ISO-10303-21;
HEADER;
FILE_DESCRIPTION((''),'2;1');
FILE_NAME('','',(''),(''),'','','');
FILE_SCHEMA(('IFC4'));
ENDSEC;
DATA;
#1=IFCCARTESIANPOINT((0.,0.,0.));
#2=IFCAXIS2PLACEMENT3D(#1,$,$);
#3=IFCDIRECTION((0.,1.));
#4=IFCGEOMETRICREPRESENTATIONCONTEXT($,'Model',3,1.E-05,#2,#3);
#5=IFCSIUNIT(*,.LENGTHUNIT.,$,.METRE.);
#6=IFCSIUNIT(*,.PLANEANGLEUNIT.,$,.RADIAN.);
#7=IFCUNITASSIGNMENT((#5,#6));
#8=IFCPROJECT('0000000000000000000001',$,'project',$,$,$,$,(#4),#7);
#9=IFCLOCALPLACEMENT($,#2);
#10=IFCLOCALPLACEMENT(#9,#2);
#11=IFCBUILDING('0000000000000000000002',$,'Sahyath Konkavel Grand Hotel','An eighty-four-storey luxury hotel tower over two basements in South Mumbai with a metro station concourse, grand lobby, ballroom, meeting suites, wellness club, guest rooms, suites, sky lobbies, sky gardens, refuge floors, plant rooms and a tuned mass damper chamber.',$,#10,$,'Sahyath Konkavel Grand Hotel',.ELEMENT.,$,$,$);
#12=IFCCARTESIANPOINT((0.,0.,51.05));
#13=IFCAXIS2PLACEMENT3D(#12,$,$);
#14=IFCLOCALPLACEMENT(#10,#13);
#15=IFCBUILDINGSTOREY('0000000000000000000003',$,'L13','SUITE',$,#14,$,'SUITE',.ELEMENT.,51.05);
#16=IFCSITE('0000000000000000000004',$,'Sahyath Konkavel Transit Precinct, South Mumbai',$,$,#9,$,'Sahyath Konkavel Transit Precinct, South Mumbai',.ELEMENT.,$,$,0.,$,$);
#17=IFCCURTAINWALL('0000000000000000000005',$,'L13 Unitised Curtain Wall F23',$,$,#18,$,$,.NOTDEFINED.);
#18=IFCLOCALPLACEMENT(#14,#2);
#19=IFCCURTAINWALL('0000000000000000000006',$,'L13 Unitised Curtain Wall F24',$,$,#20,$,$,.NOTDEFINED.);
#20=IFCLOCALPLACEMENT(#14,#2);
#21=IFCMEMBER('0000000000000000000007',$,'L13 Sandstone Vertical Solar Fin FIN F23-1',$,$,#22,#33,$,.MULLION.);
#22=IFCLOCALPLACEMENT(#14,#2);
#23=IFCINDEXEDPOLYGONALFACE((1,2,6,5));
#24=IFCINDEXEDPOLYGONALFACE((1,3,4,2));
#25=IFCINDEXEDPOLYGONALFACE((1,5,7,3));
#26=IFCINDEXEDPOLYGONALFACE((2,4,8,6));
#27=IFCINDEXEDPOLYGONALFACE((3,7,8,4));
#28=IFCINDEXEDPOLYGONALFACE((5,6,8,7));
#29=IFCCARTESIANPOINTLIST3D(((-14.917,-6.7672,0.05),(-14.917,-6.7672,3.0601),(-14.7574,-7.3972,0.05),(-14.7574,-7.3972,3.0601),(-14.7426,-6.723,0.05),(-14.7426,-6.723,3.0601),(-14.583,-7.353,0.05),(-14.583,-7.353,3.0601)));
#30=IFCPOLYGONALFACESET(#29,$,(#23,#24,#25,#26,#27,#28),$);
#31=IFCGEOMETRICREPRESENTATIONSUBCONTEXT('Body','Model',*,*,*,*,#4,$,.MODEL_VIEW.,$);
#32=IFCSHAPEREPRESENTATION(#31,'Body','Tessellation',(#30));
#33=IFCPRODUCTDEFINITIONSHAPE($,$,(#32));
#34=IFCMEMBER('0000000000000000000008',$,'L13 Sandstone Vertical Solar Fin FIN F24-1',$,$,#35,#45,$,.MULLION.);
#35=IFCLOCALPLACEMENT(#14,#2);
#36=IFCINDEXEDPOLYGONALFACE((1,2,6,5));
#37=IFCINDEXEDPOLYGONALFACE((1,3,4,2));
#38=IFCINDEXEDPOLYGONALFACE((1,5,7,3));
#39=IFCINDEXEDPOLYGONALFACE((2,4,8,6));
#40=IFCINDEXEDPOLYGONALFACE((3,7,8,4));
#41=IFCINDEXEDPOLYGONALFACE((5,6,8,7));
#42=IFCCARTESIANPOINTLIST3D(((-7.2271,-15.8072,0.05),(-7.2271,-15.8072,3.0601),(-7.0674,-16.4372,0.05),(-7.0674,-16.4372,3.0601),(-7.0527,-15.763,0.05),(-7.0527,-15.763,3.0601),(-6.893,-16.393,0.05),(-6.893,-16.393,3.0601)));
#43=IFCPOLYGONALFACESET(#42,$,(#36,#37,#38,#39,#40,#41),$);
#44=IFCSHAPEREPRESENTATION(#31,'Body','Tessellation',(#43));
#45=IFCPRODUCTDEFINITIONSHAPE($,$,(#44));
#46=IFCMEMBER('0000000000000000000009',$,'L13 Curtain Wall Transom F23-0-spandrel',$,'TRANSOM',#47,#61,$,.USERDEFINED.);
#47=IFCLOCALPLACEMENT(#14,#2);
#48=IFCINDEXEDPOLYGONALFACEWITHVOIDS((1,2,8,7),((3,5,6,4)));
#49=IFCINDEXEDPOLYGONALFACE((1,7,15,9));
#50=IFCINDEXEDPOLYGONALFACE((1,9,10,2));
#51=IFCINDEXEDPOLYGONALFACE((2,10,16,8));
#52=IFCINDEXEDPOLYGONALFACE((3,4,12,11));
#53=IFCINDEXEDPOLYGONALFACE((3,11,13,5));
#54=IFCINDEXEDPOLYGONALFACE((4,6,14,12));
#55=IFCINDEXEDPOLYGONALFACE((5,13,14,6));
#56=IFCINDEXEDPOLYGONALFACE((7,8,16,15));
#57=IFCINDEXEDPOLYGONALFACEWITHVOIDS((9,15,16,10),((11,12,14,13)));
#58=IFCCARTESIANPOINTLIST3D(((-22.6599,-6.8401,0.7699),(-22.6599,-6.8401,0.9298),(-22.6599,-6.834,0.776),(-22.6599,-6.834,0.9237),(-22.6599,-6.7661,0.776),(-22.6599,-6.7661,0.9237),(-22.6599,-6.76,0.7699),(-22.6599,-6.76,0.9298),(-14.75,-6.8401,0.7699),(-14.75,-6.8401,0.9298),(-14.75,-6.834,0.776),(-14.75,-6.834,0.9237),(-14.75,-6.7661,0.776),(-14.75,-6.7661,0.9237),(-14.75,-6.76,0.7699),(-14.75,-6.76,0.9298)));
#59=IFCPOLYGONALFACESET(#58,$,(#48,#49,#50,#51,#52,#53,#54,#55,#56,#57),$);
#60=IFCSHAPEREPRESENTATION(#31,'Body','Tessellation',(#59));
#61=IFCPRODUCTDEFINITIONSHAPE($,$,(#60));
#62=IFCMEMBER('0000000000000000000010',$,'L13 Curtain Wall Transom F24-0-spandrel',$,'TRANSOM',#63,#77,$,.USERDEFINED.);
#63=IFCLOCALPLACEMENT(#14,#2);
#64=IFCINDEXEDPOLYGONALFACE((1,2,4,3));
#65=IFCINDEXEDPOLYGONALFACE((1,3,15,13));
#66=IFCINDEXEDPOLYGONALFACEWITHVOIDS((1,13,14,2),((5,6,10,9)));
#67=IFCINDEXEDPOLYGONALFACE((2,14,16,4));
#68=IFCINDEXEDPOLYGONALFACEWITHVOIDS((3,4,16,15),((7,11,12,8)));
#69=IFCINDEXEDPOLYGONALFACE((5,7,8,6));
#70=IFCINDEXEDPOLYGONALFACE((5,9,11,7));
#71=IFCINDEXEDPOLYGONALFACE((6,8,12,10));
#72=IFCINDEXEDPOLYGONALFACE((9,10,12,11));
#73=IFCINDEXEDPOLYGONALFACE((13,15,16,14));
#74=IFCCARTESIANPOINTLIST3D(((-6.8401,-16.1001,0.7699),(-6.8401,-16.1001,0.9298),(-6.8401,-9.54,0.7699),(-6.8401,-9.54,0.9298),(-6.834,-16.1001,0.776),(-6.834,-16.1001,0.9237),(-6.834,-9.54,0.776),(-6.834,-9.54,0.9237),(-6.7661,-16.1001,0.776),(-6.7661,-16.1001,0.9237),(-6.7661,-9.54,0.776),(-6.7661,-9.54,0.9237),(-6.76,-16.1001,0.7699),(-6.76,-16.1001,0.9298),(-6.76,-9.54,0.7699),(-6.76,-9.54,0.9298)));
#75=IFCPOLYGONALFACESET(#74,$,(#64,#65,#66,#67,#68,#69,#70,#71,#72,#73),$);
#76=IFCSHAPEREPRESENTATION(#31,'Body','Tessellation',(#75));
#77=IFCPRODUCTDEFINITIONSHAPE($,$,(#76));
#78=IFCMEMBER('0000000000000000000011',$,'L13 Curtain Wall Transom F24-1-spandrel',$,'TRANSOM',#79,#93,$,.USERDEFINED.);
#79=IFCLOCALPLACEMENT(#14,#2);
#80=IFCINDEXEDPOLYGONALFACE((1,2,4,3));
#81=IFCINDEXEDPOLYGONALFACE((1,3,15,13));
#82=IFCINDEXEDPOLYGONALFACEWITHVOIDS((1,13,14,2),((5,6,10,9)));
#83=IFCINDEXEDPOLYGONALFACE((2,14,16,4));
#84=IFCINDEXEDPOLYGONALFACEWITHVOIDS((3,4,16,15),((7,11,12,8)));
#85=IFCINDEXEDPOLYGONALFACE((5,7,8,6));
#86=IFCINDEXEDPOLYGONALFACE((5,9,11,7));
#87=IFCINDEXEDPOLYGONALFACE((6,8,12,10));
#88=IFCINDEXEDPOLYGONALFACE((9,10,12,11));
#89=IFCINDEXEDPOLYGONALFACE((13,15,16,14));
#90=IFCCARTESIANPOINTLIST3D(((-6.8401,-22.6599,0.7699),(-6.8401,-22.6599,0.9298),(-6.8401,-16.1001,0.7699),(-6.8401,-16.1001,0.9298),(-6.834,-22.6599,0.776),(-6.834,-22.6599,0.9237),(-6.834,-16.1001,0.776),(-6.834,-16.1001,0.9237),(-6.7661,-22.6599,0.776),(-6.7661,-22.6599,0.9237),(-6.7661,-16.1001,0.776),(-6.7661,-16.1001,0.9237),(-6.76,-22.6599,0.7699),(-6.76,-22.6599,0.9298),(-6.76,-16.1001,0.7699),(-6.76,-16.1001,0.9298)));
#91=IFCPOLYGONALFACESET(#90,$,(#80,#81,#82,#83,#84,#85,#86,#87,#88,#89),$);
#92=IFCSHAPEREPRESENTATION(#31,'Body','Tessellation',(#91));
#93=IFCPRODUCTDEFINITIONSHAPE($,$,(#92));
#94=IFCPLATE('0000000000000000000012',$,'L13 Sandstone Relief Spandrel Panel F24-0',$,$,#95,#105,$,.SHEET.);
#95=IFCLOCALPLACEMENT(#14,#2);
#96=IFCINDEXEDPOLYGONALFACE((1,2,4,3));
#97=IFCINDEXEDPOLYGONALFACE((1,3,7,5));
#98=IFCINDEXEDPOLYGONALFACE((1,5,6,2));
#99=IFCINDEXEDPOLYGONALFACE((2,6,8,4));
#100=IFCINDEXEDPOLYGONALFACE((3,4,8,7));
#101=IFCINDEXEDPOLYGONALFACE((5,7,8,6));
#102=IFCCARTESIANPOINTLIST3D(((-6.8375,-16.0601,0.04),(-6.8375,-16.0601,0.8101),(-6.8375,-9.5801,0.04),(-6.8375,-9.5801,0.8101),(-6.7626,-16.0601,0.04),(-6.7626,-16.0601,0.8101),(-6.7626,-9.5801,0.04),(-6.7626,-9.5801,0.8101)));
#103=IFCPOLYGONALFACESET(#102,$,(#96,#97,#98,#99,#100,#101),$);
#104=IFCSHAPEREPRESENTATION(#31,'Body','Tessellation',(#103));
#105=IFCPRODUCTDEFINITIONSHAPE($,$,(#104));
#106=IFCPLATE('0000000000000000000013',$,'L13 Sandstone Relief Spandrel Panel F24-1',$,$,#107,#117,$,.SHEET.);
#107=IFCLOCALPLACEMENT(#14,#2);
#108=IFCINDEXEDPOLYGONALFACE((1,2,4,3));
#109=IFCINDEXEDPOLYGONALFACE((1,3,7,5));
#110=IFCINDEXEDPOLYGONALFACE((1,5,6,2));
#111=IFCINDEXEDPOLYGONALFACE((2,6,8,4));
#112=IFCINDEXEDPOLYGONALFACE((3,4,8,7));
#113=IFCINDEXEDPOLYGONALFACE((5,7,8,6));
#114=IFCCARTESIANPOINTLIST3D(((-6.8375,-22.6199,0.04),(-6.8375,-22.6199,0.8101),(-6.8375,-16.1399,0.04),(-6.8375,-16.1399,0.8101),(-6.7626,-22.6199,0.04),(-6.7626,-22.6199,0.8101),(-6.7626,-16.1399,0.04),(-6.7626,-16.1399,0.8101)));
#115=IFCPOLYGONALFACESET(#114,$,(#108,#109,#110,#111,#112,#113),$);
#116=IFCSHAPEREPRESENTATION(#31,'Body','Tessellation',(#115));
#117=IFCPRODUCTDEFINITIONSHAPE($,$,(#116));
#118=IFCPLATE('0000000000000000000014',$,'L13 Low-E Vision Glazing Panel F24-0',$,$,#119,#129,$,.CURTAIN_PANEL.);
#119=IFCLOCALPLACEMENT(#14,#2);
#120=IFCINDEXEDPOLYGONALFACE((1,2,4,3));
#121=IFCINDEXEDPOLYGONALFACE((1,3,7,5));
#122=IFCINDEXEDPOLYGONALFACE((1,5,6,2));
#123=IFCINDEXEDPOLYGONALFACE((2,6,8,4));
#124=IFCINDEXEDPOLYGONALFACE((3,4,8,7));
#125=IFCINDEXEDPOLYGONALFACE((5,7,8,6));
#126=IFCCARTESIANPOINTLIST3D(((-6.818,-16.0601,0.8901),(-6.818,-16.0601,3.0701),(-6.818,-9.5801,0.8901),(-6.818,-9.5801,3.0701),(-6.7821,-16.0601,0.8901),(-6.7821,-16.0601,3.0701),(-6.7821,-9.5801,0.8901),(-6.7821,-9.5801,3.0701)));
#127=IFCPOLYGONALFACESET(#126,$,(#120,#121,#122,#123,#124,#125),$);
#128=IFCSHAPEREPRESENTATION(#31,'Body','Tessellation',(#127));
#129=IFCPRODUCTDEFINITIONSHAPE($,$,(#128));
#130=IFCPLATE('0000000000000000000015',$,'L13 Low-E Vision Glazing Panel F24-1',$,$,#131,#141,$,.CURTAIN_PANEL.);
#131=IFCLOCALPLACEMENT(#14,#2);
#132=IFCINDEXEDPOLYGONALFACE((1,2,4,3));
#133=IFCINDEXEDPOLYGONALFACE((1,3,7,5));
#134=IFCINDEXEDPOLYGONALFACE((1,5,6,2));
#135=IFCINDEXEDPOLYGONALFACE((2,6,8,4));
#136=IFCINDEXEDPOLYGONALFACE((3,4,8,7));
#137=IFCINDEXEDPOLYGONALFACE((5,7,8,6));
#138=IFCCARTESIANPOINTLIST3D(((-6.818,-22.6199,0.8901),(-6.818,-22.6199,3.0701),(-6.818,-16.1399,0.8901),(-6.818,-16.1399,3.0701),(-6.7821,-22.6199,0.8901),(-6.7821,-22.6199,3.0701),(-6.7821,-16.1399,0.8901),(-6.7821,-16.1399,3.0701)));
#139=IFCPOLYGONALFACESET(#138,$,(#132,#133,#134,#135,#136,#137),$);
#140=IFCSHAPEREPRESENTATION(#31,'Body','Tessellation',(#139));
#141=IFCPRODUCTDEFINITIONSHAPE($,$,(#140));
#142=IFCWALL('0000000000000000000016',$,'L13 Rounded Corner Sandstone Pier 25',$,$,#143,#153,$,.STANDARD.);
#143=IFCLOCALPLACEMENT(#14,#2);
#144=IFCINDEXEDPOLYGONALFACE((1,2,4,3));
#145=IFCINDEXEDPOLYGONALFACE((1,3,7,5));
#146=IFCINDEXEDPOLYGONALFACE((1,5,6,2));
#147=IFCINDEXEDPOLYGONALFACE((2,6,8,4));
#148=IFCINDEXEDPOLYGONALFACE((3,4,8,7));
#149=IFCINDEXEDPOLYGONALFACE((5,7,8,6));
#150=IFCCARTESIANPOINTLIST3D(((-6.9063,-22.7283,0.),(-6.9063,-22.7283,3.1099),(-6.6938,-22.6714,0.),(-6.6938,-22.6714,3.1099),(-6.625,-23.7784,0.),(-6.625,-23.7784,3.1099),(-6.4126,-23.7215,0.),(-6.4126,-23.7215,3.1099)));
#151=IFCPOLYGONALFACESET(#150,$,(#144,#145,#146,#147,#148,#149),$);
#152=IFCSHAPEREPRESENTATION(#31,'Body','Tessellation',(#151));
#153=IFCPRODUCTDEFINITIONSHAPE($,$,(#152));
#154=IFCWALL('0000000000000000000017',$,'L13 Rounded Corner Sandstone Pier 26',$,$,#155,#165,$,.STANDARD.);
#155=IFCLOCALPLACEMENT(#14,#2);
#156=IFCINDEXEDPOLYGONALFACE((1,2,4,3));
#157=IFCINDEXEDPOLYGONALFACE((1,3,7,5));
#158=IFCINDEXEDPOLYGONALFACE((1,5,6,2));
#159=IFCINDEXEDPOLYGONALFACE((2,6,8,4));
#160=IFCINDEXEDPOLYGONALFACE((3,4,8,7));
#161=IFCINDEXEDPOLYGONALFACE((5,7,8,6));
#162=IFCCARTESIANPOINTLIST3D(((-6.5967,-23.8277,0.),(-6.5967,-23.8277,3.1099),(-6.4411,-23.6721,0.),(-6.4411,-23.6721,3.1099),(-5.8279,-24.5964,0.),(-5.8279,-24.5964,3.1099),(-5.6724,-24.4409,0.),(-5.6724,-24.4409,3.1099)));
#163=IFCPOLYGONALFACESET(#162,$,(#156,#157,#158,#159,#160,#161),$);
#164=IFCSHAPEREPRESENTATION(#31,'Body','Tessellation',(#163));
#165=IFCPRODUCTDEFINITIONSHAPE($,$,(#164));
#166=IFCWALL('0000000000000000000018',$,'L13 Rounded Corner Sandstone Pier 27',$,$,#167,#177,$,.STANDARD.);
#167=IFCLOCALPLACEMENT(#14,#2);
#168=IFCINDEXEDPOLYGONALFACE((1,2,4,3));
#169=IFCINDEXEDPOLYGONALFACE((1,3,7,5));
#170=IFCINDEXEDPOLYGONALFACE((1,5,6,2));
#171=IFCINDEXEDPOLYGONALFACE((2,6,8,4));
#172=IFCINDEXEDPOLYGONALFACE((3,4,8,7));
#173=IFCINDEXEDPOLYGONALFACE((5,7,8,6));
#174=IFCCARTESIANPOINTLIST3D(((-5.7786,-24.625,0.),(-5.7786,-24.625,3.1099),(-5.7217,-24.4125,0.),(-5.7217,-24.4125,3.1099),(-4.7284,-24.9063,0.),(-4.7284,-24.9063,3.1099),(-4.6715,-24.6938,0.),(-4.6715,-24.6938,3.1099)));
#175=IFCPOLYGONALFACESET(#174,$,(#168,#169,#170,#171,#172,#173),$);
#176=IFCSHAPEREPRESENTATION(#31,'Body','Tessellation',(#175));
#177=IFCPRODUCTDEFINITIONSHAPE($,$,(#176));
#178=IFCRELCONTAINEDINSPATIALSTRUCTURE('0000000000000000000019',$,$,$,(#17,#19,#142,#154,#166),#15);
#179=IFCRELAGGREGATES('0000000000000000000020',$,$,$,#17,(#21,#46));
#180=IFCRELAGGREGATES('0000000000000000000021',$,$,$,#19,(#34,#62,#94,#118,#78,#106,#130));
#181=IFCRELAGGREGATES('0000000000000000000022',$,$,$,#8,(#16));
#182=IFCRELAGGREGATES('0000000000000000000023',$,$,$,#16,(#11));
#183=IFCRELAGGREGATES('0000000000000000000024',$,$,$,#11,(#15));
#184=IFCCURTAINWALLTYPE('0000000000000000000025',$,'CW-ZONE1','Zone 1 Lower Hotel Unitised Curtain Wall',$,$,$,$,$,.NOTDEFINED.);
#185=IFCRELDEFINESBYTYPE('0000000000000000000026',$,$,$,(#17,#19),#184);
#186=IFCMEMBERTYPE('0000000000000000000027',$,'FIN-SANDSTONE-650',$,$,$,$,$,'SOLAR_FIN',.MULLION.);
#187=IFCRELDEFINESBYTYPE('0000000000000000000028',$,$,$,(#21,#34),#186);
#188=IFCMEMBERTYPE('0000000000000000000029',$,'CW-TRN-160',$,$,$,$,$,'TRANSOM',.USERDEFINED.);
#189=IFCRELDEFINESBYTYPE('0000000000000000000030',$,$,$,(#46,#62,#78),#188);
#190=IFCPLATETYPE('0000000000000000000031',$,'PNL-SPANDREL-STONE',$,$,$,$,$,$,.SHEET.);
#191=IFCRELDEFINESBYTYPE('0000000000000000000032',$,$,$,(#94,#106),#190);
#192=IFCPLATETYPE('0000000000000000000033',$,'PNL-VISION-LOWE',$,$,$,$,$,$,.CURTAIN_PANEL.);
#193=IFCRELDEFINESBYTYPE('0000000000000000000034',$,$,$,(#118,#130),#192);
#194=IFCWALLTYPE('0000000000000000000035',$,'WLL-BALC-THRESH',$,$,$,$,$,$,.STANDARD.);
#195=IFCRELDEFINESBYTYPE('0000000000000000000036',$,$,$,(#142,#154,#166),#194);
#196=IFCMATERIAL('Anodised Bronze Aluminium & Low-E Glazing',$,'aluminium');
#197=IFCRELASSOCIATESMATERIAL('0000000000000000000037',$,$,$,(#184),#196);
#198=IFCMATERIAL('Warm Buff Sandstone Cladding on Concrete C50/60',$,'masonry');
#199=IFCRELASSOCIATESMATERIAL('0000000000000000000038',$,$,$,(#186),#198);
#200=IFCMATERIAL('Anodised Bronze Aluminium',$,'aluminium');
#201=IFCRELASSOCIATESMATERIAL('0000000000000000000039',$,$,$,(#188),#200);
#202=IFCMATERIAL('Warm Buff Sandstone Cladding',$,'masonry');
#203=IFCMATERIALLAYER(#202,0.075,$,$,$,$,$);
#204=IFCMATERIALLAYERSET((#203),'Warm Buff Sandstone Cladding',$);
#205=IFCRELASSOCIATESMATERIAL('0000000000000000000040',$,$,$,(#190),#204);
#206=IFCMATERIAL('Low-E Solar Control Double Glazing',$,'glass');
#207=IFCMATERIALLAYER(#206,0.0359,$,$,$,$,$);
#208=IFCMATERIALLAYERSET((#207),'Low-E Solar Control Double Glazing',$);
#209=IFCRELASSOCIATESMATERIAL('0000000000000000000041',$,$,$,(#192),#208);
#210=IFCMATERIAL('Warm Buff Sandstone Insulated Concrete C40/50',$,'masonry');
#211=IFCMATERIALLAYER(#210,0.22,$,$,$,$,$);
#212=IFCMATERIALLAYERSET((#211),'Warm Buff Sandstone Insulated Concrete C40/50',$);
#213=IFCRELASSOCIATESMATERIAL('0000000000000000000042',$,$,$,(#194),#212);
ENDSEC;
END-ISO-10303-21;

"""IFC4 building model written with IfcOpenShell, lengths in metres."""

from ifc_helpers import new_model, si_unit, direction, frame, frame_2d, origin, origin_2d, place, context, subcontext, project, spatial, rectangle, hollow_rectangle, extrude, source, transform, mapped, material, layer, layer_set, material_profile, profile_set, type_object, element, aggregate, save


model = new_model("IFC4")

# Units and contexts
model_context = context("Model", 3, precision=1e-05, world=origin(), true_north=direction((0.0, 1.0)))
body_context = subcontext(model_context, "Body", "Model", "MODEL_VIEW")
ifc_project = project(units=[si_unit("LENGTHUNIT", "METRE"), si_unit("PLANEANGLEUNIT", "RADIAN")], contexts=[model_context])

# Site, building, storey
site_placement = place(None, origin())
site = spatial("IfcSite", under=ifc_project, at=site_placement, Name="Sahyath Konkavel Transit Precinct, South Mumbai", LongName="Sahyath Konkavel Transit Precinct, South Mumbai", CompositionType="ELEMENT", RefElevation=0.0)
building_placement = place(site_placement, origin())
building = spatial("IfcBuilding", under=site, at=building_placement, Name="Sahyath Konkavel Grand Hotel", Description="An eighty-four-storey luxury hotel tower over two basements in South Mumbai with a metro station concourse, grand lobby, ballroom, meeting suites, wellness club, guest rooms, suites, sky lobbies, sky gardens, refuge floors, plant rooms and a tuned mass damper chamber.", LongName="Sahyath Konkavel Grand Hotel", CompositionType="ELEMENT")
storey_placement = place(building_placement, frame((0.0, 0.0, 51.05)))
storey = spatial("IfcBuildingStorey", under=building, at=storey_placement, Name="L13", Description="SUITE", LongName="SUITE", CompositionType="ELEMENT", Elevation=51.05)

# Curtain wall
ifc_material_1 = material(Name="Anodised Bronze Aluminium & Low-E Glazing", Category="aluminium")
curtain_wall_type = type_object("IfcCurtainWallType", Name="CW-ZONE1", Description="Zone 1 Lower Hotel Unitised Curtain Wall", PredefinedType="NOTDEFINED", material=ifc_material_1)
curtain_wall_1_placement = place(storey_placement, origin())
curtain_wall_1 = element("IfcCurtainWall", 1, at=curtain_wall_1_placement, inside=storey, type_object=curtain_wall_type, Name="L13 Unitised Curtain Wall F23", PredefinedType="NOTDEFINED")
ifc_material_2 = material(Name="Anodised Bronze Aluminium", Category="aluminium")

# Curtain wall
curtain_wall_2_placement = place(storey_placement, origin())
curtain_wall_2 = element("IfcCurtainWall", 2, at=curtain_wall_2_placement, inside=storey, type_object=curtain_wall_type, Name="L13 Unitised Curtain Wall F24", PredefinedType="NOTDEFINED")

# Members
ifc_material_3 = material(Name="Warm Buff Sandstone Cladding on Concrete C50/60", Category="masonry")
ifc_material_profile_1 = material_profile(ifc_material_3, rectangle(XDim=0.1799, YDim=0.6499, at=origin_2d()), Name="FIN 180x650")
ifc_profile_set_1 = profile_set([ifc_material_profile_1], Name="Warm Buff Sandstone Cladding on Concrete C50/60")
member_type_1 = type_object("IfcMemberType", Name="FIN-SANDSTONE-650", ElementType="SOLAR_FIN", PredefinedType="MULLION", material=ifc_profile_set_1)
shared_shape_1 = source(origin(), body_context, "Body", "SweptSolid", [
    extrude(rectangle(XDim=0.1799, YDim=0.6499, at=origin_2d()), origin(), (0.0, 0.0, 1.0), 3.01),
])
member_1_placement = place(storey_placement, frame((-14.75, -7.0601, 0.05), z_axis=(0.0, 0.0, 1.0), x_axis=(0.96936, 0.245646, 0.0)))
member_1 = element("IfcMember", 3, at=member_1_placement, type_object=member_type_1, Name="L13 Sandstone Vertical Solar Fin FIN F23-1", PredefinedType="MULLION", context=body_context, shape_type="MappedRepresentation", body=[
    mapped(shared_shape_1, transform((0.0, 0.0, 0.0), scale=1.0)),
])
member_2_placement = place(storey_placement, frame((-7.0601, -16.1001, 0.05), z_axis=(0.0, 0.0, 1.0), x_axis=(0.96936, 0.245646, 0.0)))
member_2 = element("IfcMember", 4, at=member_2_placement, type_object=member_type_1, Name="L13 Sandstone Vertical Solar Fin FIN F24-1", PredefinedType="MULLION", context=body_context, shape_type="MappedRepresentation", body=[
    mapped(shared_shape_1, transform((0.0, 0.0, 0.0), scale=1.0)),
])
ifc_material_profile_2 = material_profile(ifc_material_2, hollow_rectangle(XDim=0.0801, YDim=0.1599, WallThickness=0.0061, at=origin_2d()), Name="RHS 160x80x6")
ifc_profile_set_2 = profile_set([ifc_material_profile_2], Name="Anodised Bronze Aluminium")
member_type_2 = type_object("IfcMemberType", Name="CW-TRN-160", ElementType="TRANSOM", PredefinedType="USERDEFINED", material=ifc_profile_set_2)
shared_shape_2 = source(origin(), body_context, "Body", "SweptSolid", [
    extrude(hollow_rectangle(XDim=0.0801, YDim=0.1599, WallThickness=0.0061, at=origin_2d()), origin(), (0.0, 0.0, 1.0), 7.9099),
])
member_3_placement = place(storey_placement, frame((-22.6599, -6.8, 0.8499), z_axis=(1.0, 0.0, 0.0), x_axis=(0.0, 1.0, 0.0)))
member_3 = element("IfcMember", 5, at=member_3_placement, type_object=member_type_2, Name="L13 Curtain Wall Transom F23-0-spandrel", ObjectType="TRANSOM", PredefinedType="USERDEFINED", context=body_context, shape_type="MappedRepresentation", body=[
    mapped(shared_shape_2, transform((0.0, 0.0, 0.0), scale=1.0)),
])
aggregate(curtain_wall_1, [member_1, member_3])
shared_shape_3 = source(origin(), body_context, "Body", "SweptSolid", [
    extrude(hollow_rectangle(XDim=0.0801, YDim=0.1599, WallThickness=0.0061, at=origin_2d()), origin(), (0.0, 0.0, 1.0), 6.5601),
])
member_4_placement = place(storey_placement, frame((-6.8, -9.54, 0.8499), z_axis=(0.0, -1.0, 0.0), x_axis=(1.0, 0.0, 0.0)))
member_4 = element("IfcMember", 6, at=member_4_placement, type_object=member_type_2, Name="L13 Curtain Wall Transom F24-0-spandrel", ObjectType="TRANSOM", PredefinedType="USERDEFINED", context=body_context, shape_type="MappedRepresentation", body=[
    mapped(shared_shape_3, transform((0.0, 0.0, 0.0), scale=1.0)),
])
shared_shape_4 = source(origin(), body_context, "Body", "SweptSolid", [
    extrude(hollow_rectangle(XDim=0.0801, YDim=0.1599, WallThickness=0.0061, at=origin_2d()), origin(), (0.0, 0.0, 1.0), 6.5598),
])
member_5_placement = place(storey_placement, frame((-6.8, -16.1001, 0.8499), z_axis=(0.0, -1.0, 0.0), x_axis=(1.0, 0.0, 0.0)))
member_5 = element("IfcMember", 7, at=member_5_placement, type_object=member_type_2, Name="L13 Curtain Wall Transom F24-1-spandrel", ObjectType="TRANSOM", PredefinedType="USERDEFINED", context=body_context, shape_type="MappedRepresentation", body=[
    mapped(shared_shape_4, transform((0.0, 0.0, 0.0), scale=1.0)),
])

# Plates
ifc_material_4 = material(Name="Warm Buff Sandstone Cladding", Category="masonry")
ifc_layer_1 = layer(ifc_material_4, 0.075)
ifc_layer_set_1 = layer_set([ifc_layer_1], Name="Warm Buff Sandstone Cladding")
plate_type_1 = type_object("IfcPlateType", Name="PNL-SPANDREL-STONE", PredefinedType="SHEET", material=ifc_layer_set_1)
shared_shape_5 = source(origin(), body_context, "Body", "SweptSolid", [
    extrude(rectangle(XDim=6.48, YDim=0.075, at=origin_2d()), origin(), (0.0, 0.0, 1.0), 0.77),
])
plate_1_placement = place(storey_placement, frame((-6.8, -12.8201, 0.04), z_axis=(0.0, 0.0, 1.0), x_axis=(0.0, -1.0, 0.0)))
plate_1 = element("IfcPlate", 8, at=plate_1_placement, type_object=plate_type_1, Name="L13 Sandstone Relief Spandrel Panel F24-0", PredefinedType="SHEET", context=body_context, shape_type="MappedRepresentation", body=[
    mapped(shared_shape_5, transform((0.0, 0.0, 0.0), scale=1.0)),
])
plate_2_placement = place(storey_placement, frame((-6.8, -19.3799, 0.04), z_axis=(0.0, 0.0, 1.0), x_axis=(0.0, -1.0, 0.0)))
plate_2 = element("IfcPlate", 9, at=plate_2_placement, type_object=plate_type_1, Name="L13 Sandstone Relief Spandrel Panel F24-1", PredefinedType="SHEET", context=body_context, shape_type="MappedRepresentation", body=[
    mapped(shared_shape_5, transform((0.0, 0.0, 0.0), scale=1.0)),
])
ifc_material_5 = material(Name="Low-E Solar Control Double Glazing", Category="glass")
ifc_layer_2 = layer(ifc_material_5, 0.0359)
ifc_layer_set_2 = layer_set([ifc_layer_2], Name="Low-E Solar Control Double Glazing")
plate_type_2 = type_object("IfcPlateType", Name="PNL-VISION-LOWE", PredefinedType="CURTAIN_PANEL", material=ifc_layer_set_2)
shared_shape_6 = source(origin(), body_context, "Body", "SweptSolid", [
    extrude(rectangle(XDim=6.48, YDim=0.0359, at=origin_2d()), origin(), (0.0, 0.0, 1.0), 2.1799),
])
plate_3_placement = place(storey_placement, frame((-6.8, -12.8201, 0.8901), z_axis=(0.0, 0.0, 1.0), x_axis=(0.0, -1.0, 0.0)))
plate_3 = element("IfcPlate", 10, at=plate_3_placement, type_object=plate_type_2, Name="L13 Low-E Vision Glazing Panel F24-0", PredefinedType="CURTAIN_PANEL", context=body_context, shape_type="MappedRepresentation", body=[
    mapped(shared_shape_6, transform((0.0, 0.0, 0.0), scale=1.0)),
])
plate_4_placement = place(storey_placement, frame((-6.8, -19.3799, 0.8901), z_axis=(0.0, 0.0, 1.0), x_axis=(0.0, -1.0, 0.0)))
plate_4 = element("IfcPlate", 11, at=plate_4_placement, type_object=plate_type_2, Name="L13 Low-E Vision Glazing Panel F24-1", PredefinedType="CURTAIN_PANEL", context=body_context, shape_type="MappedRepresentation", body=[
    mapped(shared_shape_6, transform((0.0, 0.0, 0.0), scale=1.0)),
])
aggregate(curtain_wall_2, [member_2, member_4, plate_1, plate_3, member_5, plate_2, plate_4])

# Walls
ifc_material_6 = material(Name="Warm Buff Sandstone Insulated Concrete C40/50", Category="masonry")
ifc_layer_3 = layer(ifc_material_6, 0.22)
ifc_layer_set_3 = layer_set([ifc_layer_3], Name="Warm Buff Sandstone Insulated Concrete C40/50")
wall_type_1 = type_object("IfcWallType", Name="WLL-BALC-THRESH", PredefinedType="STANDARD", material=ifc_layer_set_3)
for number, where, z_axis, x_axis, name in (
    (12, (-6.8, -22.7, 0.0), (0.0, 0.0, 1.0), (0.258725, -0.965951, 0.0), "L13 Rounded Corner Sandstone Pier 25"),
    (13, (-6.5188, -23.75, 0.0), (0.0, 0.0, 1.0), (0.707107, -0.707107, 0.0), "L13 Rounded Corner Sandstone Pier 26"),
    (14, (-5.75, -24.5188, 0.0), (0.0, 0.0, 1.0), (0.965951, -0.258725, 0.0), "L13 Rounded Corner Sandstone Pier 27"),
):
    element("IfcWall", number, at=place(storey_placement, frame(where, z_axis=z_axis, x_axis=x_axis)), inside=storey, type_object=wall_type_1, Name=name, PredefinedType="STANDARD", context=body_context, shape_type="SweptSolid", body=[
        extrude(rectangle(XDim=1.0872, YDim=0.22, at=frame_2d((0.5435, 0.0))), origin(), (0.0, 0.0, 1.0), 3.1099),
    ])

save(model, "model.ifc")
